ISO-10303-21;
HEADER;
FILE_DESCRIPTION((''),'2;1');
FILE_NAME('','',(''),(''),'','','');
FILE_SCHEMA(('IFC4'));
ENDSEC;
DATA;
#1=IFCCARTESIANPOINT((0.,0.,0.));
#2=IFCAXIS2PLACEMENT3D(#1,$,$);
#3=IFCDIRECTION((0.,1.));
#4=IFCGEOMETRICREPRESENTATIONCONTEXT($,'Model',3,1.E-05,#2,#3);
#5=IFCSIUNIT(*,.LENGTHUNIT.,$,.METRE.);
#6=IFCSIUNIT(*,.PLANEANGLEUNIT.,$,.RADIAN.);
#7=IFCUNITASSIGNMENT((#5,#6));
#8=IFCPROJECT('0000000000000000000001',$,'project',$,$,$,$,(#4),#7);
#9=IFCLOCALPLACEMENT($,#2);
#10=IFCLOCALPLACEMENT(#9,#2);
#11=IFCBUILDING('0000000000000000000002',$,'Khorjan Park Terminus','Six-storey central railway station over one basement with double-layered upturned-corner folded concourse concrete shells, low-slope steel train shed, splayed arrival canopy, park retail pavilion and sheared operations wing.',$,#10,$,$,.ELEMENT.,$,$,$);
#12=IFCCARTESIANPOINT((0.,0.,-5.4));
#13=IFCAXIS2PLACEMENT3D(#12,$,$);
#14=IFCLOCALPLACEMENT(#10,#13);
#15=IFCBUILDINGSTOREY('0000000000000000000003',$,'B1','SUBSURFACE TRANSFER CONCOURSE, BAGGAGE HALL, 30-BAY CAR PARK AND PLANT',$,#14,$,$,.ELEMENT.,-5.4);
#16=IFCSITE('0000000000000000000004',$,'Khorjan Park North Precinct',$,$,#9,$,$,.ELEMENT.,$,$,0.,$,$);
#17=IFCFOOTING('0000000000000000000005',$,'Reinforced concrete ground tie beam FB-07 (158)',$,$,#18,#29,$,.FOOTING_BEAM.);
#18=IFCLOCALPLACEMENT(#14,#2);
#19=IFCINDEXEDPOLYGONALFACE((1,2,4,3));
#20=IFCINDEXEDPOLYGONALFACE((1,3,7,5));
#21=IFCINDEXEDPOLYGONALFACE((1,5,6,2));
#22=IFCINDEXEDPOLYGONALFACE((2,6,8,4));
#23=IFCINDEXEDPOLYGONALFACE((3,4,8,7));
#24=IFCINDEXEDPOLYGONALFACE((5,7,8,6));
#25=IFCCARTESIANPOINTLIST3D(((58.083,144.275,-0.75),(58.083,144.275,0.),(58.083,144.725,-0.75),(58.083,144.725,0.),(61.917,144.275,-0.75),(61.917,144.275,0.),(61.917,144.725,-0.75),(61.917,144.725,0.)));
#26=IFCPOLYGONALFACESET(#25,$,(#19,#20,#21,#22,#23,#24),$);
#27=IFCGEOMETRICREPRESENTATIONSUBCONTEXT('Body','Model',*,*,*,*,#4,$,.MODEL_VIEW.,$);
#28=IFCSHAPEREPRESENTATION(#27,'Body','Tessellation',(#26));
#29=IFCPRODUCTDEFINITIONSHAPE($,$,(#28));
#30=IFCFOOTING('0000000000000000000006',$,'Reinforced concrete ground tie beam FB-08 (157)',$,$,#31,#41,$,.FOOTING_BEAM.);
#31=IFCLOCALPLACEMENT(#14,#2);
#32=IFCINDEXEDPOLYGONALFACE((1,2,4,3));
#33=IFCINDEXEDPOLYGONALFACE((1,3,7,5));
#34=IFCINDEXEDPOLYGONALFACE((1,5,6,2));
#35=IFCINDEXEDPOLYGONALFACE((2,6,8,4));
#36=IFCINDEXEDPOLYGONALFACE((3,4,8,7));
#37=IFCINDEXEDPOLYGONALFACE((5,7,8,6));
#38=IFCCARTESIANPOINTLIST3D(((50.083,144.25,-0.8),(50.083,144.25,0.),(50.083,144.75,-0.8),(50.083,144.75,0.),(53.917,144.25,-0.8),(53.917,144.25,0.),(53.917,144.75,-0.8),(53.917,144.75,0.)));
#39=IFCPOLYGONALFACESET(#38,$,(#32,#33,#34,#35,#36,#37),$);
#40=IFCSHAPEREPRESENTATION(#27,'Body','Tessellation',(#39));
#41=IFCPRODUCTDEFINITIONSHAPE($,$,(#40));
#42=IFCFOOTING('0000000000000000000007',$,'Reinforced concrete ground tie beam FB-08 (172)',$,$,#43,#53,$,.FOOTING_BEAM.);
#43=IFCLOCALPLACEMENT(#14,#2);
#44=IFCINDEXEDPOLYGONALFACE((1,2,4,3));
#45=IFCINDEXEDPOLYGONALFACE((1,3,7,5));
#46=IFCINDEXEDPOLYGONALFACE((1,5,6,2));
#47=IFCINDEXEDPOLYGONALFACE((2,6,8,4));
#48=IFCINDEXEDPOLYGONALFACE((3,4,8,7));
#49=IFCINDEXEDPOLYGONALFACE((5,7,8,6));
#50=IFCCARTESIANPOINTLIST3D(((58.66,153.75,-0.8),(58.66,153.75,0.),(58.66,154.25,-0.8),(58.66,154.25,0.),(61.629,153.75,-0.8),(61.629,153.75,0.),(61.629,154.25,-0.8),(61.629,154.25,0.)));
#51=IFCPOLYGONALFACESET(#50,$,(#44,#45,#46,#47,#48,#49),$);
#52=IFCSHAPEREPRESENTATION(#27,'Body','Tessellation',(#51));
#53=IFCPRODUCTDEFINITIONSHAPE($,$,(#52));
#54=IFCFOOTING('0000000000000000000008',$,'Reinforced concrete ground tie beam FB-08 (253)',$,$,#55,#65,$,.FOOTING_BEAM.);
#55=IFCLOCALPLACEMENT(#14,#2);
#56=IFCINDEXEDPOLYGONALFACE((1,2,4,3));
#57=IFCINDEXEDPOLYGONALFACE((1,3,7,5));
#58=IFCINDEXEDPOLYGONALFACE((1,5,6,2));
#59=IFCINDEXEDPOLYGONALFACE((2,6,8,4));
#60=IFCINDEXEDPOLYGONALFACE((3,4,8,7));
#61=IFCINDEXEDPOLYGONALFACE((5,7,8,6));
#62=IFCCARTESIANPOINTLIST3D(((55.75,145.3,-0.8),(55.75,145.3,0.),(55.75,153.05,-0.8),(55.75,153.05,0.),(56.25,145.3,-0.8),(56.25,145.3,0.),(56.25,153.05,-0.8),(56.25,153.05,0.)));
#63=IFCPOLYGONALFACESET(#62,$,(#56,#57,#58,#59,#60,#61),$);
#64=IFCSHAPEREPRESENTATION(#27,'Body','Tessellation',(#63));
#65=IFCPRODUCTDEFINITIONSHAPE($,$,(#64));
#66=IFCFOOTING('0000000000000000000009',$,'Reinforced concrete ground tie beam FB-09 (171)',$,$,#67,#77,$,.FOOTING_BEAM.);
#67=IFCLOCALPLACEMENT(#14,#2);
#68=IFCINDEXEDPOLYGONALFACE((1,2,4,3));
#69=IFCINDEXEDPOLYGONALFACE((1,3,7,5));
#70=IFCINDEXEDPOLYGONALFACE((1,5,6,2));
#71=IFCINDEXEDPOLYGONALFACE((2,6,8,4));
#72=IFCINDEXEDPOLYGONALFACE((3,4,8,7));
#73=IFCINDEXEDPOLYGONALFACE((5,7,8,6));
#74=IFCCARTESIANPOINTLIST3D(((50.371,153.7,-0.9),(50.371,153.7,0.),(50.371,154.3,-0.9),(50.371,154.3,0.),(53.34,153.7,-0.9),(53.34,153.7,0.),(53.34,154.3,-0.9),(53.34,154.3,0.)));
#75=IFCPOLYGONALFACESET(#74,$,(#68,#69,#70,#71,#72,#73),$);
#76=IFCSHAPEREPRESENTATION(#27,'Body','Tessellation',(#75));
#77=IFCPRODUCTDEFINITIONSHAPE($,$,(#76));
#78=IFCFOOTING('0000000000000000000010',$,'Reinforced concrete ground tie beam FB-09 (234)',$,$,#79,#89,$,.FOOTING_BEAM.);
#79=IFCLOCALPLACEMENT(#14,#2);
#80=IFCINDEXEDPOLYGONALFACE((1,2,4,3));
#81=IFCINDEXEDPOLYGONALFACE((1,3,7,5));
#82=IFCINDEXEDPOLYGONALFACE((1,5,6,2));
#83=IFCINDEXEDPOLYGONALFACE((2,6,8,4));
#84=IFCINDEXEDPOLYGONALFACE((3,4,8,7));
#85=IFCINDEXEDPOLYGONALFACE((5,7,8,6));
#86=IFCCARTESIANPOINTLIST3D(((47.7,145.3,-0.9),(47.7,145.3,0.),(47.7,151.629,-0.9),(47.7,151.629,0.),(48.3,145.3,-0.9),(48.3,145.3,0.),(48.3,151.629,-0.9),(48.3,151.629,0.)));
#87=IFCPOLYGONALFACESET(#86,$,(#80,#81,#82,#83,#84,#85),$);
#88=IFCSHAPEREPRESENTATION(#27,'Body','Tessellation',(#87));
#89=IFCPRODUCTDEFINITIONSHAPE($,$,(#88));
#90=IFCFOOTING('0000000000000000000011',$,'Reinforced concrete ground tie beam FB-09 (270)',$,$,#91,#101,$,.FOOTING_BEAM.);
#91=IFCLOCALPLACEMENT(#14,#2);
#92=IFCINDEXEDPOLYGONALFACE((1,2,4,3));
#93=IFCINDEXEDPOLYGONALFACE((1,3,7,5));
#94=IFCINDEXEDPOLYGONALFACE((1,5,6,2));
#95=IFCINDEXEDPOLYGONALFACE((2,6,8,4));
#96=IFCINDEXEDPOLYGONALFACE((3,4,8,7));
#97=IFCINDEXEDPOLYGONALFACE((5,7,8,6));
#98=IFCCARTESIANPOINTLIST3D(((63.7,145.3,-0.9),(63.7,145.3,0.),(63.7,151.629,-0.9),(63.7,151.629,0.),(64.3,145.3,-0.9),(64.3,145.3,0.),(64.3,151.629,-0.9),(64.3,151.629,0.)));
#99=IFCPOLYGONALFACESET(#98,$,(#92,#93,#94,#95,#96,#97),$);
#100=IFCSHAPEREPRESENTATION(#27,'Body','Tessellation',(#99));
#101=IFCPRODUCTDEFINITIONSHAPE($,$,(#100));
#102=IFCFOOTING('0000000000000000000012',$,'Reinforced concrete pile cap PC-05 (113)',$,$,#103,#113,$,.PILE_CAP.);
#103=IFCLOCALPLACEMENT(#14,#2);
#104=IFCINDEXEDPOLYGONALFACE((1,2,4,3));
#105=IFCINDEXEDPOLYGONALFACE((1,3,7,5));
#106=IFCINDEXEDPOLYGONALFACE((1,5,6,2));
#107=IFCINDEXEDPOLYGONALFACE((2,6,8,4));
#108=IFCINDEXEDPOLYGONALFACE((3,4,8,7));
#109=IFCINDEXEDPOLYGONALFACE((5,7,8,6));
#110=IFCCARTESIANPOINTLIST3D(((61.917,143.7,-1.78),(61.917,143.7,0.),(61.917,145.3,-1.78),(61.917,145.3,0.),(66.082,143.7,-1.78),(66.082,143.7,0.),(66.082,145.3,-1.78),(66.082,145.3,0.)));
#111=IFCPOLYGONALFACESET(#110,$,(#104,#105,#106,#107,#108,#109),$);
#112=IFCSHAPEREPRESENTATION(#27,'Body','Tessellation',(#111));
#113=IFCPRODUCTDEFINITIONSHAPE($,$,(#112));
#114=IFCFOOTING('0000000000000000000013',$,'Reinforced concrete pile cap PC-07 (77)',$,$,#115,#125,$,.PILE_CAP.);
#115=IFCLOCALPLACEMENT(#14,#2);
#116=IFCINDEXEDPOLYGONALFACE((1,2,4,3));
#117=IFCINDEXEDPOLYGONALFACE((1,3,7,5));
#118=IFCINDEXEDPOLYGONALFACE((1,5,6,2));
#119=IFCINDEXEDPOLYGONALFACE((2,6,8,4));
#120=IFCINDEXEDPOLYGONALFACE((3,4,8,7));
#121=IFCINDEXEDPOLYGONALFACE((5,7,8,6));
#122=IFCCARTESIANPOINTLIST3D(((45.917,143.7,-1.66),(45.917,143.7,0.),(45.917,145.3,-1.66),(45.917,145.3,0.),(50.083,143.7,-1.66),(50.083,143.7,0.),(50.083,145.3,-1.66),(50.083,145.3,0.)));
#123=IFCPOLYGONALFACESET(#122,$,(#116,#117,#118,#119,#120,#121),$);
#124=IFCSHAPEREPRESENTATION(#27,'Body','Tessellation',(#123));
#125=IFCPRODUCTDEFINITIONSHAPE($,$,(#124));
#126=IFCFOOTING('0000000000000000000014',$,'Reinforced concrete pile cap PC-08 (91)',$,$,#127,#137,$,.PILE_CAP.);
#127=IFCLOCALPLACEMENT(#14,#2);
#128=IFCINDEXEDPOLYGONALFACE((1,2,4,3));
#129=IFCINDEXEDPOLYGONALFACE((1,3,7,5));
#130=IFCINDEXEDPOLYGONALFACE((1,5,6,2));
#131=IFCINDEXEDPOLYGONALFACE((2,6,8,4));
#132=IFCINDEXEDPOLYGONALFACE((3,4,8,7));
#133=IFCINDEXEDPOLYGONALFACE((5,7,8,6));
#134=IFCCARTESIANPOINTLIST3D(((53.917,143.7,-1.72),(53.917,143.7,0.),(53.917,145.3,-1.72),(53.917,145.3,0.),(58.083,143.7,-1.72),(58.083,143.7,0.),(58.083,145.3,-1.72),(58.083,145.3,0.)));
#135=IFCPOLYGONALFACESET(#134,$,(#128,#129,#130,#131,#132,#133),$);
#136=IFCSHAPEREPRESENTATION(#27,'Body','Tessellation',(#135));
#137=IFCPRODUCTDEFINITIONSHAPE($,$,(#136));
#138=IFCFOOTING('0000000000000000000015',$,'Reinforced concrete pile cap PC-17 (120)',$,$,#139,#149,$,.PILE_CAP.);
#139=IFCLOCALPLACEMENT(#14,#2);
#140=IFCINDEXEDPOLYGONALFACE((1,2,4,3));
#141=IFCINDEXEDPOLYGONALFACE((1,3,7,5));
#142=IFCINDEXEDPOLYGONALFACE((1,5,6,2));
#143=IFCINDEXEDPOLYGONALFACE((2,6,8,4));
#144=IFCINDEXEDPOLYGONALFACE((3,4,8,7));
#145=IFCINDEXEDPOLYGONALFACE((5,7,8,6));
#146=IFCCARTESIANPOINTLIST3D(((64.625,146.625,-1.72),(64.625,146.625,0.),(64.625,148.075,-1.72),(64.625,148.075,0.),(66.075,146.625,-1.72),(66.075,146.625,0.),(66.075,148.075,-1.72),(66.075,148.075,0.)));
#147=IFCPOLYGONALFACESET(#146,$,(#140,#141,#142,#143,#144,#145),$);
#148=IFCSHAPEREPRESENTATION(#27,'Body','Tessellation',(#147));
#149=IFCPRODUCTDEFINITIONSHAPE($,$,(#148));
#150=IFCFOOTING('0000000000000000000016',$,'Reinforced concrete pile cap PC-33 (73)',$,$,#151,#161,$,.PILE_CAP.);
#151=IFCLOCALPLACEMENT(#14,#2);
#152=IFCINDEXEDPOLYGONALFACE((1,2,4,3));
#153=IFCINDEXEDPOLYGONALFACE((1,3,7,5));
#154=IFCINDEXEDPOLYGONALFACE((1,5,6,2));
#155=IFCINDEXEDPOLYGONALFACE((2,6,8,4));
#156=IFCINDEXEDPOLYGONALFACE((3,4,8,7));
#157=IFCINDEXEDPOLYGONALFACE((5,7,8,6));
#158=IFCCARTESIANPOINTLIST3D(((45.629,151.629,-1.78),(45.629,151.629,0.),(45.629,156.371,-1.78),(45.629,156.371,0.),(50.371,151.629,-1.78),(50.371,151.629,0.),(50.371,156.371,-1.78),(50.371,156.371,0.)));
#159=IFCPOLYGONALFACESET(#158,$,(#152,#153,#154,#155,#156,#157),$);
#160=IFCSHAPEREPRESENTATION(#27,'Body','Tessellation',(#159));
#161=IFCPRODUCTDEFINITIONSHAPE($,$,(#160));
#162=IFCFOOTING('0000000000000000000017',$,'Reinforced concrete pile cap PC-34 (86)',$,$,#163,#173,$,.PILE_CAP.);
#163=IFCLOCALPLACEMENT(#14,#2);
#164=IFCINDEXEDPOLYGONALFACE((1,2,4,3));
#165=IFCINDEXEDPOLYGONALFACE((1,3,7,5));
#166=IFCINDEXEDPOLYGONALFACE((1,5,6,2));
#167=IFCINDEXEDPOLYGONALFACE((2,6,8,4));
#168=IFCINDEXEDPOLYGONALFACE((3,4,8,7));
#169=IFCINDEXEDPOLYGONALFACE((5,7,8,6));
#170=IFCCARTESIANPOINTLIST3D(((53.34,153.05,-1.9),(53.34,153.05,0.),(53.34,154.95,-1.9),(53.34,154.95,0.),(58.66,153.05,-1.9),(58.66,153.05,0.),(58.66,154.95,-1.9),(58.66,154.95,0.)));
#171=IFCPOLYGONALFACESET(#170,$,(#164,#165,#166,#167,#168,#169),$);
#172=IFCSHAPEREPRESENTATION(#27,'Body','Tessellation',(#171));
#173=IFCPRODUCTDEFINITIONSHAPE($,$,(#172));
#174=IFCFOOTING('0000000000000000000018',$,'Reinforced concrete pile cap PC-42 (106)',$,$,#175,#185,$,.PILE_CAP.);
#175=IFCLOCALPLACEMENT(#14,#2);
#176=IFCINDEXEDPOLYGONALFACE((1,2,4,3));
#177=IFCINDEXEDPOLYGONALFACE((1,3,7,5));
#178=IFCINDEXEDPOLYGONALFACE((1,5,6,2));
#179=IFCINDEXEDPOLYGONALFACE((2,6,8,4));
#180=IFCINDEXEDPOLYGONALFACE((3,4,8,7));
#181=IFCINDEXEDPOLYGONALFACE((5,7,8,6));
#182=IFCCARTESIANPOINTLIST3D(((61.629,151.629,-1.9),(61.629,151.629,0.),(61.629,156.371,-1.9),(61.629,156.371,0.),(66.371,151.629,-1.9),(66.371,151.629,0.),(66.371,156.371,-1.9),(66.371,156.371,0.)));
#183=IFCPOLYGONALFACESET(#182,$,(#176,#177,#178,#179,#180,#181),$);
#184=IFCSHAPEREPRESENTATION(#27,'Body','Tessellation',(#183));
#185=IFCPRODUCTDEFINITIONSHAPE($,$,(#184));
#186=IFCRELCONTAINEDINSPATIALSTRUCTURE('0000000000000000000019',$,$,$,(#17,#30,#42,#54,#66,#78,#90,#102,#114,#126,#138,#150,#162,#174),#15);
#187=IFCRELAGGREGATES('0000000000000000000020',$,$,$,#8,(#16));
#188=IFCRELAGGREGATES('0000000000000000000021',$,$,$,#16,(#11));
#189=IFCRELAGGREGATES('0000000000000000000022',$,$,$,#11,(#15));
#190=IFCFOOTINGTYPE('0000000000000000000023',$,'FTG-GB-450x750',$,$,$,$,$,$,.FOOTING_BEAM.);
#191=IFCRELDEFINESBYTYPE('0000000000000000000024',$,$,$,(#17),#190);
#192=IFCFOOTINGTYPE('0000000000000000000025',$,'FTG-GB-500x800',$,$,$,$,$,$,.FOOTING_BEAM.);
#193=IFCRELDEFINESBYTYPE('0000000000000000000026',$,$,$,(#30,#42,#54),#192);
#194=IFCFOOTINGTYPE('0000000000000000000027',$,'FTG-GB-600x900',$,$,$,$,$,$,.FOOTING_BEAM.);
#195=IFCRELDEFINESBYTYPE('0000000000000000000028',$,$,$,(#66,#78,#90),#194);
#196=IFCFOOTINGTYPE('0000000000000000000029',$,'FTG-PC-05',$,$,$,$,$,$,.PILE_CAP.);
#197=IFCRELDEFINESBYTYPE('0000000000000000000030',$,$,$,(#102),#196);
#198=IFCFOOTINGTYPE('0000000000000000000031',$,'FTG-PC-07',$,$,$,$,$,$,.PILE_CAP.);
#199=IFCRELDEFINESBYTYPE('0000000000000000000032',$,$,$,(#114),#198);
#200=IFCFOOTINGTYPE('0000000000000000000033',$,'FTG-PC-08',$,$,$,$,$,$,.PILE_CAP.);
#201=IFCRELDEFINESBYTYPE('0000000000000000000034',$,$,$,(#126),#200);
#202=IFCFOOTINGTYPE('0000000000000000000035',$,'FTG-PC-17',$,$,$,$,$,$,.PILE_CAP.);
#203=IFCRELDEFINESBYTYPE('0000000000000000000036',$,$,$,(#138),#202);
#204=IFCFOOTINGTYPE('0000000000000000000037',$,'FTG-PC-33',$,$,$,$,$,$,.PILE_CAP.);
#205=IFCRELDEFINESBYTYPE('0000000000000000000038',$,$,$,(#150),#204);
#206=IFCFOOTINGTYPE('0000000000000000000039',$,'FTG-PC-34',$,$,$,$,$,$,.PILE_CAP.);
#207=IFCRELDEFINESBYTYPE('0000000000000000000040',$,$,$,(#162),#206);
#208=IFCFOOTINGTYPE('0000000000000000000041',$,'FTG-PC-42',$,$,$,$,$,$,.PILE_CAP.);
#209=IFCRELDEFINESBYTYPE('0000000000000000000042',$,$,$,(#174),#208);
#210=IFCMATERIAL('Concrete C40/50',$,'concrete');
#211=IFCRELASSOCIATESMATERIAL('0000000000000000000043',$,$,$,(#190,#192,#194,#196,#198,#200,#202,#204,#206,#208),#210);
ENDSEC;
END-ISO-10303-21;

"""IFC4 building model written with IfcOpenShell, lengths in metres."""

from ifc_helpers import new_model, si_unit, direction, frame, origin, origin_2d, place, context, subcontext, project, spatial, rectangle, extrude, material, material_profile, profile_set, type_object, element, save


model = new_model("IFC4")

# Units and contexts
model_context = context("Model", 3, precision=1e-05, world=origin(), true_north=direction((0.0, 1.0)))
body_context = subcontext(model_context, "Body", "Model", "MODEL_VIEW")
ifc_project = project(units=[si_unit("LENGTHUNIT", "METRE"), si_unit("PLANEANGLEUNIT", "RADIAN")], contexts=[model_context])

# Site, building, storey
site_placement = place(None, origin())
site = spatial("IfcSite", under=ifc_project, at=site_placement, Name="Khorjan Park North Precinct", CompositionType="ELEMENT", RefElevation=0.0)
building_placement = place(site_placement, origin())
building = spatial("IfcBuilding", under=site, at=building_placement, Name="Khorjan Park Terminus", Description="Six-storey central railway station over one basement with double-layered upturned-corner folded concourse concrete shells, low-slope steel train shed, splayed arrival canopy, park retail pavilion and sheared operations wing.", CompositionType="ELEMENT")
storey_placement = place(building_placement, frame((0.0, 0.0, -5.4)))
storey = spatial("IfcBuildingStorey", under=building, at=storey_placement, Name="B1", Description="SUBSURFACE TRANSFER CONCOURSE, BAGGAGE HALL, 30-BAY CAR PARK AND PLANT", CompositionType="ELEMENT", Elevation=-5.4)

# Footings
ifc_material_1 = material(Name="Concrete C40/50", Category="concrete")
ifc_material_profile_1 = material_profile(ifc_material_1, rectangle(XDim=0.45, YDim=0.75, at=origin_2d()), Name="RC 450x750")
ifc_profile_set_1 = profile_set([ifc_material_profile_1], Name="Concrete C40/50")
footing_type_1 = type_object("IfcFootingType", Name="FTG-GB-450x750", PredefinedType="FOOTING_BEAM", material=ifc_profile_set_1)
footing_1_placement = place(storey_placement, frame((58.083, 144.5, -0.375), z_axis=(1.0, 0.0, 0.0), x_axis=(0.0, 1.0, 0.0)))
element("IfcFooting", 1, at=footing_1_placement, inside=storey, type_object=footing_type_1, Name="Reinforced concrete ground tie beam FB-07 (158)", PredefinedType="FOOTING_BEAM", context=body_context, shape_type="SweptSolid", body=[
    extrude(rectangle(XDim=0.45, YDim=0.75, at=origin_2d()), origin(), (0.0, 0.0, 1.0), 3.834),
])
ifc_material_profile_2 = material_profile(ifc_material_1, rectangle(XDim=0.5, YDim=0.8, at=origin_2d()), Name="RC 500x800")
ifc_profile_set_2 = profile_set([ifc_material_profile_2], Name="Concrete C40/50")
footing_type_2 = type_object("IfcFootingType", Name="FTG-GB-500x800", PredefinedType="FOOTING_BEAM", material=ifc_profile_set_2)
footing_2_placement = place(storey_placement, frame((50.083, 144.5, -0.4), z_axis=(1.0, 0.0, 0.0), x_axis=(0.0, 1.0, 0.0)))
element("IfcFooting", 2, at=footing_2_placement, inside=storey, type_object=footing_type_2, Name="Reinforced concrete ground tie beam FB-08 (157)", PredefinedType="FOOTING_BEAM", context=body_context, shape_type="SweptSolid", body=[
    extrude(rectangle(XDim=0.5, YDim=0.8, at=origin_2d()), origin(), (0.0, 0.0, 1.0), 3.834),
])
footing_3_placement = place(storey_placement, frame((58.66, 154.0, -0.4), z_axis=(1.0, 0.0, 0.0), x_axis=(0.0, 1.0, 0.0)))
element("IfcFooting", 3, at=footing_3_placement, inside=storey, type_object=footing_type_2, Name="Reinforced concrete ground tie beam FB-08 (172)", PredefinedType="FOOTING_BEAM", context=body_context, shape_type="SweptSolid", body=[
    extrude(rectangle(XDim=0.5, YDim=0.8, at=origin_2d()), origin(), (0.0, 0.0, 1.0), 2.969),
])
footing_4_placement = place(storey_placement, frame((56.0, 145.3, -0.4), z_axis=(0.0, 1.0, 0.0), x_axis=(-1.0, 0.0, 0.0)))
element("IfcFooting", 4, at=footing_4_placement, inside=storey, type_object=footing_type_2, Name="Reinforced concrete ground tie beam FB-08 (253)", PredefinedType="FOOTING_BEAM", context=body_context, shape_type="SweptSolid", body=[
    extrude(rectangle(XDim=0.5, YDim=0.8, at=origin_2d()), origin(), (0.0, 0.0, 1.0), 7.75),
])
ifc_material_profile_3 = material_profile(ifc_material_1, rectangle(XDim=0.6, YDim=0.9, at=origin_2d()), Name="RC 600x900")
ifc_profile_set_3 = profile_set([ifc_material_profile_3], Name="Concrete C40/50")
footing_type_3 = type_object("IfcFootingType", Name="FTG-GB-600x900", PredefinedType="FOOTING_BEAM", material=ifc_profile_set_3)
footing_5_placement = place(storey_placement, frame((50.371, 154.0, -0.45), z_axis=(1.0, 0.0, 0.0), x_axis=(0.0, 1.0, 0.0)))
element("IfcFooting", 5, at=footing_5_placement, inside=storey, type_object=footing_type_3, Name="Reinforced concrete ground tie beam FB-09 (171)", PredefinedType="FOOTING_BEAM", context=body_context, shape_type="SweptSolid", body=[
    extrude(rectangle(XDim=0.6, YDim=0.9, at=origin_2d()), origin(), (0.0, 0.0, 1.0), 2.969),
])
for number, where, z_axis, x_axis, name in (
    (6, (48.0, 145.3, -0.45), (0.0, 1.0, 0.0), (-1.0, 0.0, 0.0), "Reinforced concrete ground tie beam FB-09 (234)"),
    (7, (64.0, 145.3, -0.45), (0.0, 1.0, 0.0), (-1.0, 0.0, 0.0), "Reinforced concrete ground tie beam FB-09 (270)"),
):
    element("IfcFooting", number, at=place(storey_placement, frame(where, z_axis=z_axis, x_axis=x_axis)), inside=storey, type_object=footing_type_3, Name=name, PredefinedType="FOOTING_BEAM", context=body_context, shape_type="SweptSolid", body=[
        extrude(rectangle(XDim=0.6, YDim=0.9, at=origin_2d()), origin(), (0.0, 0.0, 1.0), 6.329),
    ])
footing_type_4 = type_object("IfcFootingType", Name="FTG-PC-05", PredefinedType="PILE_CAP", material=ifc_material_1)
footing_6_placement = place(storey_placement, frame((63.9995, 144.5, -1.78), z_axis=(0.0, 0.0, 1.0), x_axis=(1.0, 0.0, 0.0)))
element("IfcFooting", 8, at=footing_6_placement, inside=storey, type_object=footing_type_4, Name="Reinforced concrete pile cap PC-05 (113)", PredefinedType="PILE_CAP", context=body_context, shape_type="SweptSolid", body=[
    extrude(rectangle(XDim=4.165, YDim=1.6, at=origin_2d()), origin(), (0.0, 0.0, 1.0), 1.78),
])
footing_type_5 = type_object("IfcFootingType", Name="FTG-PC-07", PredefinedType="PILE_CAP", material=ifc_material_1)
footing_7_placement = place(storey_placement, frame((48.0, 144.5, -1.66), z_axis=(0.0, 0.0, 1.0), x_axis=(1.0, 0.0, 0.0)))
element("IfcFooting", 9, at=footing_7_placement, inside=storey, type_object=footing_type_5, Name="Reinforced concrete pile cap PC-07 (77)", PredefinedType="PILE_CAP", context=body_context, shape_type="SweptSolid", body=[
    extrude(rectangle(XDim=4.166, YDim=1.6, at=origin_2d()), origin(), (0.0, 0.0, 1.0), 1.66),
])
footing_type_6 = type_object("IfcFootingType", Name="FTG-PC-08", PredefinedType="PILE_CAP", material=ifc_material_1)
footing_8_placement = place(storey_placement, frame((56.0, 144.5, -1.72), z_axis=(0.0, 0.0, 1.0), x_axis=(1.0, 0.0, 0.0)))
element("IfcFooting", 10, at=footing_8_placement, inside=storey, type_object=footing_type_6, Name="Reinforced concrete pile cap PC-08 (91)", PredefinedType="PILE_CAP", context=body_context, shape_type="SweptSolid", body=[
    extrude(rectangle(XDim=4.166, YDim=1.6, at=origin_2d()), origin(), (0.0, 0.0, 1.0), 1.72),
])
footing_type_7 = type_object("IfcFootingType", Name="FTG-PC-17", PredefinedType="PILE_CAP", material=ifc_material_1)
footing_9_placement = place(storey_placement, frame((65.35, 147.35, -1.72), z_axis=(0.0, 0.0, 1.0), x_axis=(1.0, 0.0, 0.0)))
element("IfcFooting", 11, at=footing_9_placement, inside=storey, type_object=footing_type_7, Name="Reinforced concrete pile cap PC-17 (120)", PredefinedType="PILE_CAP", context=body_context, shape_type="SweptSolid", body=[
    extrude(rectangle(XDim=1.45, YDim=1.45, at=origin_2d()), origin(), (0.0, 0.0, 1.0), 1.72),
])
footing_type_8 = type_object("IfcFootingType", Name="FTG-PC-33", PredefinedType="PILE_CAP", material=ifc_material_1)
footing_10_placement = place(storey_placement, frame((48.0, 154.0, -1.78), z_axis=(0.0, 0.0, 1.0), x_axis=(1.0, 0.0, 0.0)))
element("IfcFooting", 12, at=footing_10_placement, inside=storey, type_object=footing_type_8, Name="Reinforced concrete pile cap PC-33 (73)", PredefinedType="PILE_CAP", context=body_context, shape_type="SweptSolid", body=[
    extrude(rectangle(XDim=4.742, YDim=4.742, at=origin_2d()), origin(), (0.0, 0.0, 1.0), 1.78),
])
footing_type_9 = type_object("IfcFootingType", Name="FTG-PC-34", PredefinedType="PILE_CAP", material=ifc_material_1)
footing_11_placement = place(storey_placement, frame((56.0, 154.0, -1.9), z_axis=(0.0, 0.0, 1.0), x_axis=(1.0, 0.0, 0.0)))
element("IfcFooting", 13, at=footing_11_placement, inside=storey, type_object=footing_type_9, Name="Reinforced concrete pile cap PC-34 (86)", PredefinedType="PILE_CAP", context=body_context, shape_type="SweptSolid", body=[
    extrude(rectangle(XDim=5.32, YDim=1.9, at=origin_2d()), origin(), (0.0, 0.0, 1.0), 1.9),
])
footing_type_10 = type_object("IfcFootingType", Name="FTG-PC-42", PredefinedType="PILE_CAP", material=ifc_material_1)
footing_12_placement = place(storey_placement, frame((64.0, 154.0, -1.9), z_axis=(0.0, 0.0, 1.0), x_axis=(1.0, 0.0, 0.0)))
element("IfcFooting", 14, at=footing_12_placement, inside=storey, type_object=footing_type_10, Name="Reinforced concrete pile cap PC-42 (106)", PredefinedType="PILE_CAP", context=body_context, shape_type="SweptSolid", body=[
    extrude(rectangle(XDim=4.742, YDim=4.742, at=origin_2d()), origin(), (0.0, 0.0, 1.0), 1.9),
])

save(model, "model.ifc")
